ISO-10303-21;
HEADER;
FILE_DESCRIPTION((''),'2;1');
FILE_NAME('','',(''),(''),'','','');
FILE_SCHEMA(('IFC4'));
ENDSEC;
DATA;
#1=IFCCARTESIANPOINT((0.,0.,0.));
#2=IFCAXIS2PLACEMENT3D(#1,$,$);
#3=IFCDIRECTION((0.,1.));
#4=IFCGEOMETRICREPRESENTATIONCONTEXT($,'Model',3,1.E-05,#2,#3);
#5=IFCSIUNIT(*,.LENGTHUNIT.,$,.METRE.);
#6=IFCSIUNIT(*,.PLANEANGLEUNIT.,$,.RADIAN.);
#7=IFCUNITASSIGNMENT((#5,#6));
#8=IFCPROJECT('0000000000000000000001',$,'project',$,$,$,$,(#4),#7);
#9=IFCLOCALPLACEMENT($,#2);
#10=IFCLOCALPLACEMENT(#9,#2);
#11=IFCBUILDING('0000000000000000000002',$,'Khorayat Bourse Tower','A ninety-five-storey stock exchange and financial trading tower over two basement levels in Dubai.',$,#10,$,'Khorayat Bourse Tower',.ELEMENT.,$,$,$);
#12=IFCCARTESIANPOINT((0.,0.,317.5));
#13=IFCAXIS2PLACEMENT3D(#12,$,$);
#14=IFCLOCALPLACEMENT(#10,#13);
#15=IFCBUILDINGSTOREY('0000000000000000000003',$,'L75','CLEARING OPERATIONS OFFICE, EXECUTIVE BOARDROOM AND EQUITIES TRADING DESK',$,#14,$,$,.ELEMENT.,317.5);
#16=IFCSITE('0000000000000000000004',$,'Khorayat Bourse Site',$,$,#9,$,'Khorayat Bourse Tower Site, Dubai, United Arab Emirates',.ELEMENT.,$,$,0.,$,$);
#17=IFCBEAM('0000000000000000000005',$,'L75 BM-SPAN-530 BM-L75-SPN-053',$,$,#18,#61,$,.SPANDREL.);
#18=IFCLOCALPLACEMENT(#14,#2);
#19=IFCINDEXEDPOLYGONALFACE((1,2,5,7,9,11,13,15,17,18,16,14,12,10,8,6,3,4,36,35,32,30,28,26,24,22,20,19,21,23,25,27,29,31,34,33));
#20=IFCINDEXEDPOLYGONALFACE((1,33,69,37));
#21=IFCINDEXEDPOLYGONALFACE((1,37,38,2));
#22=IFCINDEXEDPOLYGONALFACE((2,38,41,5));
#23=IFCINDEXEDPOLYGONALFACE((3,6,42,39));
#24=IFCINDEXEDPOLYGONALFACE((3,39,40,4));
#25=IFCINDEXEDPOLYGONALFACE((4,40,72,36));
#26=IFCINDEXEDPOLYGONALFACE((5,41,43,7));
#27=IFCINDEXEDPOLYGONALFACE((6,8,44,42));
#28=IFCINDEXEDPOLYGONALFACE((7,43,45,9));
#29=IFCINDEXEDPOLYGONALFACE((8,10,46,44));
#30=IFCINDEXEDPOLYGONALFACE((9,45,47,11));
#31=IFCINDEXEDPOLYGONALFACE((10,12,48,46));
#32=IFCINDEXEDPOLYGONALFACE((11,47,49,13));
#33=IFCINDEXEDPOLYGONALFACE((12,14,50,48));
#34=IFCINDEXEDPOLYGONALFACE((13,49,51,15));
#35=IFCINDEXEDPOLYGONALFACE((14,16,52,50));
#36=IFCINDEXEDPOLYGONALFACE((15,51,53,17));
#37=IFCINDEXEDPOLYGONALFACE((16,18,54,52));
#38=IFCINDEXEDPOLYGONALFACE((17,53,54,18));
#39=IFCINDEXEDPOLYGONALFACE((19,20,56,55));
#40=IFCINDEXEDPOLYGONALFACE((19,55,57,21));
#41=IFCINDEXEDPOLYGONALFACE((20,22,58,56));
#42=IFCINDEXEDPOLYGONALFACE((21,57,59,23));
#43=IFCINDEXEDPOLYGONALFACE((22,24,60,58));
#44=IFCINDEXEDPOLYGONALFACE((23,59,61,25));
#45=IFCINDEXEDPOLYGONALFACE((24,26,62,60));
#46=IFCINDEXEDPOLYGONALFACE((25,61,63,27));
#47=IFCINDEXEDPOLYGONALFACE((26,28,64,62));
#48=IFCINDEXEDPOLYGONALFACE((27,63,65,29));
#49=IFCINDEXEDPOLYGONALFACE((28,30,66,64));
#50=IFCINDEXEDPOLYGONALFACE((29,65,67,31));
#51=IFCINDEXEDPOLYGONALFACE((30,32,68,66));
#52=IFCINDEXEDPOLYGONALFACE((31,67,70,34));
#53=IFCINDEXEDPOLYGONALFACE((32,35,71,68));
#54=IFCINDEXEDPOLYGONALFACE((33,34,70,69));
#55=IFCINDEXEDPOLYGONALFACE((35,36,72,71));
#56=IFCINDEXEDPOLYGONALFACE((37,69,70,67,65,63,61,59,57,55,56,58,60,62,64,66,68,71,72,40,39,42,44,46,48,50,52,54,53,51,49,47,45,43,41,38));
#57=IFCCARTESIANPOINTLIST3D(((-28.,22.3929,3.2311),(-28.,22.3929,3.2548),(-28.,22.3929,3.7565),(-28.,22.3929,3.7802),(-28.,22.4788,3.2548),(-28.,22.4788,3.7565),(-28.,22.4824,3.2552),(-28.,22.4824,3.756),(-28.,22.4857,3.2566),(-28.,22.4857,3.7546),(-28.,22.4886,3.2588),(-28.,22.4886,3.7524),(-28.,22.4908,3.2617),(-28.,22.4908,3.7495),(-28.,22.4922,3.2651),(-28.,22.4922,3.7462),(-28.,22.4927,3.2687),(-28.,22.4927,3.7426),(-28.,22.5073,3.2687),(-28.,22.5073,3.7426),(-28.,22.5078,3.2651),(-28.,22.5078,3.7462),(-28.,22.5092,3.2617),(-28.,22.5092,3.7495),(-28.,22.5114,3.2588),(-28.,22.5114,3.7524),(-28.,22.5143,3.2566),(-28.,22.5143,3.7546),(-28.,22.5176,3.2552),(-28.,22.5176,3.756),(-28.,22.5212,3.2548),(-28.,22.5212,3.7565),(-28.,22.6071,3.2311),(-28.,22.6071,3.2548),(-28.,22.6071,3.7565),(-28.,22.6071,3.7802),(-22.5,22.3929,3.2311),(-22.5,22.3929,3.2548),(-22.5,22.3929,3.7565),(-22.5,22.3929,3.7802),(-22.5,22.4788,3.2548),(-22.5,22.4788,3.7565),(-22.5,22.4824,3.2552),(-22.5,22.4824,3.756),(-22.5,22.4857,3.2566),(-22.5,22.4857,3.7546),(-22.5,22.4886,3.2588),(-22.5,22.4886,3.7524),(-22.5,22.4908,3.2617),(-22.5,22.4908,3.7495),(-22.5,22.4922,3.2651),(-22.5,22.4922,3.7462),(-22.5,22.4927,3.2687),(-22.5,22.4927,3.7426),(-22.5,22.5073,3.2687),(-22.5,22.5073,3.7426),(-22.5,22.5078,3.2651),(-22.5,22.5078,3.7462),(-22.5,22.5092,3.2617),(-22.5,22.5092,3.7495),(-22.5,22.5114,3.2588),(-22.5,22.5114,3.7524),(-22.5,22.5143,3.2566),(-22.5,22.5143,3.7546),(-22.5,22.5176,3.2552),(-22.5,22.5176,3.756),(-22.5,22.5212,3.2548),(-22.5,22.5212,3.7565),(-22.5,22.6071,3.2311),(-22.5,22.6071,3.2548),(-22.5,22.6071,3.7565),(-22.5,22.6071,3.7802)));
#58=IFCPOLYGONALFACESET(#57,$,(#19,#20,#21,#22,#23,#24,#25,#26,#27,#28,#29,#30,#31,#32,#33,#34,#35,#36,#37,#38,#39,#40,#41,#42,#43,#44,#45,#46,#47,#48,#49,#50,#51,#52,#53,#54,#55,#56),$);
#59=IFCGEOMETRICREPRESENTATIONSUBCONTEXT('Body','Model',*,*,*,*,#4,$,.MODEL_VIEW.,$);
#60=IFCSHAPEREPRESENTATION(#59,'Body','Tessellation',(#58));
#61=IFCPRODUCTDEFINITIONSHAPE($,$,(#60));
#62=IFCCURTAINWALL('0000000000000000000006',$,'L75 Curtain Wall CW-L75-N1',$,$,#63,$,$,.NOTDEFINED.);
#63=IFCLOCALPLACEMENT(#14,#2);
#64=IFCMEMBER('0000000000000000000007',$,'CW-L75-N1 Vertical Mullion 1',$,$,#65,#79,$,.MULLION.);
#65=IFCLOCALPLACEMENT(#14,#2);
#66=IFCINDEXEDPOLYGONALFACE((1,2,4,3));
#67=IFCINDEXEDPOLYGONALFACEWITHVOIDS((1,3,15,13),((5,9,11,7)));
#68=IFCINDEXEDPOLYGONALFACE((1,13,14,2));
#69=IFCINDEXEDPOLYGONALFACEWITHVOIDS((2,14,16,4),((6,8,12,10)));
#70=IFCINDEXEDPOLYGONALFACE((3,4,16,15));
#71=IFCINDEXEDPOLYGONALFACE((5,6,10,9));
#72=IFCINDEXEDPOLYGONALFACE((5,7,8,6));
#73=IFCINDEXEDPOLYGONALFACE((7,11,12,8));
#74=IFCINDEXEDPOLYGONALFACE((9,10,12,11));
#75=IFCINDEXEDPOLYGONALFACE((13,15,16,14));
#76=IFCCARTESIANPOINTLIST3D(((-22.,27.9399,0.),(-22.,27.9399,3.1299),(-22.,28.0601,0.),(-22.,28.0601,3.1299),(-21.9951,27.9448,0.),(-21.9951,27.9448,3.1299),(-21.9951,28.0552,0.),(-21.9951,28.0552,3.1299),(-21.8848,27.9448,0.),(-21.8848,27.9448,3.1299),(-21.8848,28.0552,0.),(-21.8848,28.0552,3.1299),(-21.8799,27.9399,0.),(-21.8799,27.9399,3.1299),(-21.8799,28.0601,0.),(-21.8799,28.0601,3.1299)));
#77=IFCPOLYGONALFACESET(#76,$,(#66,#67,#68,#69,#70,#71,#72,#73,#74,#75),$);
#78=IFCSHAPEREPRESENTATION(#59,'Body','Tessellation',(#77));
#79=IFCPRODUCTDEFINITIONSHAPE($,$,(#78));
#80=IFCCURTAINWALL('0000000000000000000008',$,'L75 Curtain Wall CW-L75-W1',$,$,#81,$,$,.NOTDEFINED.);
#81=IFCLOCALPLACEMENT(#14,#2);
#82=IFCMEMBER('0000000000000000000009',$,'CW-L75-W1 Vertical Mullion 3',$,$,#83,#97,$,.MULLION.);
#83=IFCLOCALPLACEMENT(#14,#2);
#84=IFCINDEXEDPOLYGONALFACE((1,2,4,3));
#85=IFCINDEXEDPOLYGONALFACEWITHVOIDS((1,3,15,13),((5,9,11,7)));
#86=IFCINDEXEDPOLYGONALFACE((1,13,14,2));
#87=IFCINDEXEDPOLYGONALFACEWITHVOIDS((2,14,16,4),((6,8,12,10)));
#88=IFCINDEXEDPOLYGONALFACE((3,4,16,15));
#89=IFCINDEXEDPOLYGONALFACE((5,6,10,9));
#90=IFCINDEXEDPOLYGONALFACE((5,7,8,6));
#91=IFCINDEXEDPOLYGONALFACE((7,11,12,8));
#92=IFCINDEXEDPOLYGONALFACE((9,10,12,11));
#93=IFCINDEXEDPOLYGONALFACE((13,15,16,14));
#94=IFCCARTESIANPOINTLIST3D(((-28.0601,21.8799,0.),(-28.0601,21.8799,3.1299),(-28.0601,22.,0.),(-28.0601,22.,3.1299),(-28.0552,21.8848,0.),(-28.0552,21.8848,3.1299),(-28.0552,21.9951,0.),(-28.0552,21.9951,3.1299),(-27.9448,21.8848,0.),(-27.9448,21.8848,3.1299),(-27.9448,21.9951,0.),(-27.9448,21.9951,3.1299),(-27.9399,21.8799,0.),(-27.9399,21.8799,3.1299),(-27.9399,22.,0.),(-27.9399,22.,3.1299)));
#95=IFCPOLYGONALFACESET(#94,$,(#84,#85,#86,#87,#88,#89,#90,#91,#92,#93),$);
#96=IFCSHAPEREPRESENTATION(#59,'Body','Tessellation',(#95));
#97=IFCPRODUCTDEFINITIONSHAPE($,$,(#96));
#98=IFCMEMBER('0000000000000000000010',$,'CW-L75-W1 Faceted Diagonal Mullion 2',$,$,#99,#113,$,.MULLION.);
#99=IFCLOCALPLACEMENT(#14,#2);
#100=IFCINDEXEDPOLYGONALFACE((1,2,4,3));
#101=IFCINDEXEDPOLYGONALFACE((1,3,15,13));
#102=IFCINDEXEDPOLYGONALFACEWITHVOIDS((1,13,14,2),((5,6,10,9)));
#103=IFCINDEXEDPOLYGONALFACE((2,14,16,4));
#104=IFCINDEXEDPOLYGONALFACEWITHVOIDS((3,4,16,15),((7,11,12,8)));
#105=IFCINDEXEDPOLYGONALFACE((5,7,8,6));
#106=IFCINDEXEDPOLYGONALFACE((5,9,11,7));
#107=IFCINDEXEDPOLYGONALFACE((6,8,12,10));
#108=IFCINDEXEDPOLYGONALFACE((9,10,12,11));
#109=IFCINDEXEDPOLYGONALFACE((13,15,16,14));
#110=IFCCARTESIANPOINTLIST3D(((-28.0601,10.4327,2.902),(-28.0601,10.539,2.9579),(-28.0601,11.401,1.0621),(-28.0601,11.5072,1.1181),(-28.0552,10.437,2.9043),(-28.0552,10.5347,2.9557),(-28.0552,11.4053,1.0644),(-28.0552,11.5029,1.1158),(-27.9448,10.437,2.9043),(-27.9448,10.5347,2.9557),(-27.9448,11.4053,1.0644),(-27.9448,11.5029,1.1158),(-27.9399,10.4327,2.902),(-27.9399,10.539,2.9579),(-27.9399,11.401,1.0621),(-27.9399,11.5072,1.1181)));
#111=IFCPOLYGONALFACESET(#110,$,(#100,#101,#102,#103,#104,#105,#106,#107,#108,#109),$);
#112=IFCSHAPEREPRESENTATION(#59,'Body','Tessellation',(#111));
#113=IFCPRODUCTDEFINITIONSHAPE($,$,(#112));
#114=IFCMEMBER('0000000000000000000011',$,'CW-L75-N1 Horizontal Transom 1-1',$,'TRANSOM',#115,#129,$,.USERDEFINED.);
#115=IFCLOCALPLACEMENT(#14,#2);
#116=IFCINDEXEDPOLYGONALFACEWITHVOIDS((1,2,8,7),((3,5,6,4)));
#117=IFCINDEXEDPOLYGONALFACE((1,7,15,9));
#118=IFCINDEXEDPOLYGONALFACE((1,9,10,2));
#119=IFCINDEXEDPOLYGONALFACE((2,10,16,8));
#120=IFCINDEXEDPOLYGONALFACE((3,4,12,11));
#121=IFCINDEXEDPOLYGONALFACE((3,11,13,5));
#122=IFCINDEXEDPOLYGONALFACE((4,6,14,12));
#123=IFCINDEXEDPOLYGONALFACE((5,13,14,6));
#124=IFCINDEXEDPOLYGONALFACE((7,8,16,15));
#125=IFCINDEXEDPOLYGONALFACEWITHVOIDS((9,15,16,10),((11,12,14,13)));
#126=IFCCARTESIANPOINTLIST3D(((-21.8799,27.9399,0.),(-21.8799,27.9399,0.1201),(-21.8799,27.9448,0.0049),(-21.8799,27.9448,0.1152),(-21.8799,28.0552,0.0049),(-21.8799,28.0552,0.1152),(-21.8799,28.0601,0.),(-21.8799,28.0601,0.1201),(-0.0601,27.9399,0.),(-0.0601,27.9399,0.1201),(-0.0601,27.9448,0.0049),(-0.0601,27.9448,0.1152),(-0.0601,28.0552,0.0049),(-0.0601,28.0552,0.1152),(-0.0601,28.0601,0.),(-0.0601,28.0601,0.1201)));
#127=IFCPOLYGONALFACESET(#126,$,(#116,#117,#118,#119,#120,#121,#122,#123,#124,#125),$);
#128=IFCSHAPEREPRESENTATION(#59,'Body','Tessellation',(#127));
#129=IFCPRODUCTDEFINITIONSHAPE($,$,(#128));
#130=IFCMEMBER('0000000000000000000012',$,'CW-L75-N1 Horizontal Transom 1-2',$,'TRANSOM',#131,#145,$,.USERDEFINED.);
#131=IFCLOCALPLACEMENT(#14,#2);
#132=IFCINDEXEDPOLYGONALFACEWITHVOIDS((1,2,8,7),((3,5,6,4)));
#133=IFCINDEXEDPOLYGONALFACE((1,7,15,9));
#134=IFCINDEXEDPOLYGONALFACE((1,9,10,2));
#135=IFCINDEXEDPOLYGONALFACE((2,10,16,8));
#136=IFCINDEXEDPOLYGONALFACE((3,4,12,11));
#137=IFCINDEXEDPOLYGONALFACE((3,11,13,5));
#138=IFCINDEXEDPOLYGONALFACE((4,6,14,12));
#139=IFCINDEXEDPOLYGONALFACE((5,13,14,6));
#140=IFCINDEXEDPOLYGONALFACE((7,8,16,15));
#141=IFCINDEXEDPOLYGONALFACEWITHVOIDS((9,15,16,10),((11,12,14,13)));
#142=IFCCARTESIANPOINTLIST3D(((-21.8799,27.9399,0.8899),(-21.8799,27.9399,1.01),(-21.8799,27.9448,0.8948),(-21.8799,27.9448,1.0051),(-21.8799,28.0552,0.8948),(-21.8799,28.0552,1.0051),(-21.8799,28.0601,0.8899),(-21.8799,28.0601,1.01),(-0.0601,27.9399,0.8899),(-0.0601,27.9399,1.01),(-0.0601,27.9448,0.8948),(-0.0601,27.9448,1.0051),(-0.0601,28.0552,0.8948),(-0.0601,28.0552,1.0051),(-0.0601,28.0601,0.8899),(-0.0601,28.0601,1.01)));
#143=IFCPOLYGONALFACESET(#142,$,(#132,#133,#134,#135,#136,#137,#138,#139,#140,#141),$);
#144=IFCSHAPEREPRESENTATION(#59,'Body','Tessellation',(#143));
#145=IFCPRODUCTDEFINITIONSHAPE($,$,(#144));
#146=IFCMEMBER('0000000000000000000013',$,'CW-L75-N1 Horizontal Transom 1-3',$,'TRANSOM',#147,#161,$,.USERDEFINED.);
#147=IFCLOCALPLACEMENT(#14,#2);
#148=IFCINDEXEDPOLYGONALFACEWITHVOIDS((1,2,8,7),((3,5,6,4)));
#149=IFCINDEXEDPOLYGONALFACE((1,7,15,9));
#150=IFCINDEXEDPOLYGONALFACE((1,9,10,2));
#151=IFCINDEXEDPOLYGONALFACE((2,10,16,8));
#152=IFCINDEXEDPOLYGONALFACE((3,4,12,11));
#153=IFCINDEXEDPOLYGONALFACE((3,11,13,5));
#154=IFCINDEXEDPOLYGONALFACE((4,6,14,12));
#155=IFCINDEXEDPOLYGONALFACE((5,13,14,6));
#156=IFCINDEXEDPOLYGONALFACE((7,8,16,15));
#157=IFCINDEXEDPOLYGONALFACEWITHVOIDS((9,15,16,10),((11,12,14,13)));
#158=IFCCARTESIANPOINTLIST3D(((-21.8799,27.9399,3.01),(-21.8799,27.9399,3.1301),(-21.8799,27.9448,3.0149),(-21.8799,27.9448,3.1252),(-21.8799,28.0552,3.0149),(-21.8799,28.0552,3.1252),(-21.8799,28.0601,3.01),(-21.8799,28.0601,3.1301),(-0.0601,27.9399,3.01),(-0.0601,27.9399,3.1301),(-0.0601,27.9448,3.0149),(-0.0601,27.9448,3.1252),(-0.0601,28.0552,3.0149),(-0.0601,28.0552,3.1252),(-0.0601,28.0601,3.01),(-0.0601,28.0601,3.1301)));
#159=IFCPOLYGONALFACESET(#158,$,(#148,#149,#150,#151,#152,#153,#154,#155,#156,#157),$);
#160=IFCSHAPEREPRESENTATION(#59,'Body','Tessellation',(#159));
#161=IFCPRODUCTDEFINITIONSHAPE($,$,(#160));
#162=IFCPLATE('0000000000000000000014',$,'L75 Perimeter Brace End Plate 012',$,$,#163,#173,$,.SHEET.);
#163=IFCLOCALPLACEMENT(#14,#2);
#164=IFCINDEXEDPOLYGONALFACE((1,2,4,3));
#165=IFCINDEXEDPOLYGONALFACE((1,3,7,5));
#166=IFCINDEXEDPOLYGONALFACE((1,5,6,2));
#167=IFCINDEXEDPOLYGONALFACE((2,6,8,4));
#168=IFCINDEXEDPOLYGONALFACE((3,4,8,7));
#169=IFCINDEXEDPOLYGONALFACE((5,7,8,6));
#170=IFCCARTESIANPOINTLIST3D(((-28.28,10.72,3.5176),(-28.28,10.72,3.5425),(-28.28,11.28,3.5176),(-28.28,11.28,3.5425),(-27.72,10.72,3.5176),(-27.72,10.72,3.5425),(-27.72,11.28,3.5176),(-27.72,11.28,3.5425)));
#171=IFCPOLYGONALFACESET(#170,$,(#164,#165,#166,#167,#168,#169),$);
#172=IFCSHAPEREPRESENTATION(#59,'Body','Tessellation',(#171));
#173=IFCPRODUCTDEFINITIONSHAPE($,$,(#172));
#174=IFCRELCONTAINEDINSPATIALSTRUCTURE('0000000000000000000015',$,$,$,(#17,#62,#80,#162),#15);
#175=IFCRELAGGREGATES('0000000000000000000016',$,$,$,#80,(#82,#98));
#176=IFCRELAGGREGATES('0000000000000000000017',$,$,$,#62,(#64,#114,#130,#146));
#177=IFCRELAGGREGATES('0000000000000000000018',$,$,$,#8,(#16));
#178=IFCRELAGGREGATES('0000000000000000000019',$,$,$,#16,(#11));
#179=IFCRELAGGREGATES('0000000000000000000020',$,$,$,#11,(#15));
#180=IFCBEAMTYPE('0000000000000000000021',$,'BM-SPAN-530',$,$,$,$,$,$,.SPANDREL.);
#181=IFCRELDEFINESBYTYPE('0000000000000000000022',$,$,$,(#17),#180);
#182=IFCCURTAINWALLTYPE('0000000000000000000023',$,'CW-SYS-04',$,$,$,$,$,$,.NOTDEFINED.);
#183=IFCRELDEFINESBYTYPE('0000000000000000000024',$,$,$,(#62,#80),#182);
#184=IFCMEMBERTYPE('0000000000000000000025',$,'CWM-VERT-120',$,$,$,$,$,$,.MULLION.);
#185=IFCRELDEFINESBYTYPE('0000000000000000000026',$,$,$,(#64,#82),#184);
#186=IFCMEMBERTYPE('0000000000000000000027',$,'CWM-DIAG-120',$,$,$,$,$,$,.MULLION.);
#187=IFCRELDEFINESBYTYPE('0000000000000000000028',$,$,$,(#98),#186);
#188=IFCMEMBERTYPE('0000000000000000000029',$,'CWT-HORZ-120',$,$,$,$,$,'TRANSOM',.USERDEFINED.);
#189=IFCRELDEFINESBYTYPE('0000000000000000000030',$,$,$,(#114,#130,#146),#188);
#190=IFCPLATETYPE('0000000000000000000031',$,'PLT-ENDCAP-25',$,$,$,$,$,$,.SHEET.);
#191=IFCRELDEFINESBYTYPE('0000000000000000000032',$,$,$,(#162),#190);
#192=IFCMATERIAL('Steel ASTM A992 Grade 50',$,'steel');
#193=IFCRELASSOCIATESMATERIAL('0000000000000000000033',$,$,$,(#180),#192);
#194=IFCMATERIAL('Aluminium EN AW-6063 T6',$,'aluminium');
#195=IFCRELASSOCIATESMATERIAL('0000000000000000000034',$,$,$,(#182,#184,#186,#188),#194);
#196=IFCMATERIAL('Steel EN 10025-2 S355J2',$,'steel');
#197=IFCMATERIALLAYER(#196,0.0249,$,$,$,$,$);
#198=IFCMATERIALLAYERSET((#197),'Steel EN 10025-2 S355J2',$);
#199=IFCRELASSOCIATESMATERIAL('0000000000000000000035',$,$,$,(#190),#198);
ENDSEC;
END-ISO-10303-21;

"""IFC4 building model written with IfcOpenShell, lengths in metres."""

from ifc_helpers import new_model, si_unit, direction, frame, origin, origin_2d, place, context, subcontext, project, spatial, rectangle, hollow_rectangle, i_section, extrude, source, transform, mapped, material, layer, layer_set, material_profile, profile_set, type_object, element, aggregate, save


model = new_model("IFC4")

# Units and contexts
model_context = context("Model", 3, precision=1e-05, world=origin(), true_north=direction((0.0, 1.0)))
body_context = subcontext(model_context, "Body", "Model", "MODEL_VIEW")
ifc_project = project(units=[si_unit("LENGTHUNIT", "METRE"), si_unit("PLANEANGLEUNIT", "RADIAN")], contexts=[model_context])

# Site, building, storey
site_placement = place(None, origin())
site = spatial("IfcSite", under=ifc_project, at=site_placement, Name="Khorayat Bourse Site", LongName="Khorayat Bourse Tower Site, Dubai, United Arab Emirates", CompositionType="ELEMENT", RefElevation=0.0)
building_placement = place(site_placement, origin())
building = spatial("IfcBuilding", under=site, at=building_placement, Name="Khorayat Bourse Tower", Description="A ninety-five-storey stock exchange and financial trading tower over two basement levels in Dubai.", LongName="Khorayat Bourse Tower", CompositionType="ELEMENT")
storey_placement = place(building_placement, frame((0.0, 0.0, 317.5)))
storey = spatial("IfcBuildingStorey", under=building, at=storey_placement, Name="L75", Description="CLEARING OPERATIONS OFFICE, EXECUTIVE BOARDROOM AND EQUITIES TRADING DESK", CompositionType="ELEMENT", Elevation=317.5)

# Beam
ifc_material_1 = material(Name="Steel ASTM A992 Grade 50", Category="steel")
ifc_material_profile_1 = material_profile(ifc_material_1, i_section(OverallWidth=0.2141, OverallDepth=0.5491, WebThickness=0.0146, FlangeThickness=0.0237, FilletRadius=0.0139, at=origin_2d()), Name="W530X138")
ifc_profile_set_1 = profile_set([ifc_material_profile_1], Name="Steel ASTM A992 Grade 50")
beam_type_1 = type_object("IfcBeamType", Name="BM-SPAN-530", PredefinedType="SPANDREL", material=ifc_profile_set_1)
shared_shape_1 = source(origin(), body_context, "Body", "SweptSolid", [
    extrude(i_section(OverallWidth=0.2141, OverallDepth=0.5491, WebThickness=0.0146, FlangeThickness=0.0237, FilletRadius=0.0139, at=origin_2d()), origin(), (0.0, 0.0, 1.0), 5.5),
])
for number, where, z_axis, x_axis, name in (
    (1, (-28.0, 22.5, 3.5056), (1.0, 0.0, 0.0), (0.0, 1.0, 0.0), "L75 BM-SPAN-530 BM-L75-SPN-053"),
):
    element("IfcBeam", number, at=place(storey_placement, frame(where, z_axis=z_axis, x_axis=x_axis)), inside=storey, type_object=beam_type_1, Name=name, PredefinedType="SPANDREL", context=body_context, shape_type="MappedRepresentation", body=[
        mapped(shared_shape_1, transform((0.0, 0.0, 0.0), scale=1.0)),
    ])

# Curtain wall, member
ifc_material_2 = material(Name="Aluminium EN AW-6063 T6", Category="aluminium")
curtain_wall_type = type_object("IfcCurtainWallType", Name="CW-SYS-04", PredefinedType="NOTDEFINED", material=ifc_material_2)
curtain_wall_1_placement = place(storey_placement, origin())
curtain_wall_1 = element("IfcCurtainWall", 2, at=curtain_wall_1_placement, inside=storey, type_object=curtain_wall_type, Name="L75 Curtain Wall CW-L75-N1", PredefinedType="NOTDEFINED")
ifc_material_profile_2 = material_profile(ifc_material_2, hollow_rectangle(XDim=0.1201, YDim=0.1201, WallThickness=0.0049, at=origin_2d()), Name="ALU 120x120x5")
ifc_profile_set_2 = profile_set([ifc_material_profile_2], Name="Aluminium EN AW-6063 T6")
member_type_1 = type_object("IfcMemberType", Name="CWM-VERT-120", PredefinedType="MULLION", material=ifc_profile_set_2)
shared_shape_2 = source(origin(), body_context, "Body", "SweptSolid", [
    extrude(hollow_rectangle(XDim=0.1201, YDim=0.1201, WallThickness=0.0049, at=origin_2d()), origin(), (0.0, 0.0, 1.0), 3.1299),
])
member_1_placement = place(storey_placement, frame((-21.9399, 28.0, 0.0), z_axis=(0.0, 0.0, 1.0), x_axis=(0.0, 1.0, 0.0)))
member_1 = element("IfcMember", 3, at=member_1_placement, type_object=member_type_1, Name="CW-L75-N1 Vertical Mullion 1", PredefinedType="MULLION", context=body_context, shape_type="MappedRepresentation", body=[
    mapped(shared_shape_2, transform((0.0, 0.0, 0.0), scale=1.0)),
])

# Curtain wall, members
curtain_wall_2_placement = place(storey_placement, origin())
curtain_wall_2 = element("IfcCurtainWall", 4, at=curtain_wall_2_placement, inside=storey, type_object=curtain_wall_type, Name="L75 Curtain Wall CW-L75-W1", PredefinedType="NOTDEFINED")
member_2_placement = place(storey_placement, frame((-28.0, 21.9399, 0.0), z_axis=(0.0, 0.0, 1.0), x_axis=(-1.0, 0.0, 0.0)))
member_2 = element("IfcMember", 5, at=member_2_placement, type_object=member_type_1, Name="CW-L75-W1 Vertical Mullion 3", PredefinedType="MULLION", context=body_context, shape_type="MappedRepresentation", body=[
    mapped(shared_shape_2, transform((0.0, 0.0, 0.0), scale=1.0)),
])
ifc_material_profile_3 = material_profile(ifc_material_2, hollow_rectangle(XDim=0.1201, YDim=0.1201, WallThickness=0.0049, at=origin_2d()), Name="ALU 120x120x5")
ifc_profile_set_3 = profile_set([ifc_material_profile_3], Name="Aluminium EN AW-6063 T6")
member_type_2 = type_object("IfcMemberType", Name="CWM-DIAG-120", PredefinedType="MULLION", material=ifc_profile_set_3)
shared_shape_3 = source(origin(), body_context, "Body", "SweptSolid", [
    extrude(hollow_rectangle(XDim=0.1201, YDim=0.1201, WallThickness=0.0049, at=origin_2d()), origin(), (0.0, 0.0, 1.0), 2.0791),
])
member_3_placement = place(storey_placement, frame((-28.0, 11.4541, 1.0901), z_axis=(0.0, -0.465717, 0.884934), x_axis=(1.0, 0.0, 0.0)))
member_3 = element("IfcMember", 6, at=member_3_placement, type_object=member_type_2, Name="CW-L75-W1 Faceted Diagonal Mullion 2", PredefinedType="MULLION", context=body_context, shape_type="MappedRepresentation", body=[
    mapped(shared_shape_3, transform((0.0, 0.0, 0.0), scale=1.0)),
])
aggregate(curtain_wall_2, [member_2, member_3])

# Members
ifc_material_profile_4 = material_profile(ifc_material_2, hollow_rectangle(XDim=0.1201, YDim=0.1201, WallThickness=0.0049, at=origin_2d()), Name="ALU 120x120x5")
ifc_profile_set_4 = profile_set([ifc_material_profile_4], Name="Aluminium EN AW-6063 T6")
member_type_3 = type_object("IfcMemberType", Name="CWT-HORZ-120", ElementType="TRANSOM", PredefinedType="USERDEFINED", material=ifc_profile_set_4)
shared_shape_4 = source(origin(), body_context, "Body", "SweptSolid", [
    extrude(hollow_rectangle(XDim=0.1201, YDim=0.1201, WallThickness=0.0049, at=origin_2d()), origin(), (0.0, 0.0, 1.0), 21.8198),
])
member_4_placement = place(storey_placement, frame((-21.8799, 28.0, 0.0601), z_axis=(1.0, 0.0, 0.0), x_axis=(0.0, 1.0, 0.0)))
member_4 = element("IfcMember", 7, at=member_4_placement, type_object=member_type_3, Name="CW-L75-N1 Horizontal Transom 1-1", ObjectType="TRANSOM", PredefinedType="USERDEFINED", context=body_context, shape_type="MappedRepresentation", body=[
    mapped(shared_shape_4, transform((0.0, 0.0, 0.0), scale=1.0)),
])
member_5_placement = place(storey_placement, frame((-21.8799, 28.0, 0.95), z_axis=(1.0, 0.0, 0.0), x_axis=(0.0, 1.0, 0.0)))
member_5 = element("IfcMember", 8, at=member_5_placement, type_object=member_type_3, Name="CW-L75-N1 Horizontal Transom 1-2", ObjectType="TRANSOM", PredefinedType="USERDEFINED", context=body_context, shape_type="MappedRepresentation", body=[
    mapped(shared_shape_4, transform((0.0, 0.0, 0.0), scale=1.0)),
])
member_6_placement = place(storey_placement, frame((-21.8799, 28.0, 3.0701), z_axis=(1.0, 0.0, 0.0), x_axis=(0.0, 1.0, 0.0)))
member_6 = element("IfcMember", 9, at=member_6_placement, type_object=member_type_3, Name="CW-L75-N1 Horizontal Transom 1-3", ObjectType="TRANSOM", PredefinedType="USERDEFINED", context=body_context, shape_type="MappedRepresentation", body=[
    mapped(shared_shape_4, transform((0.0, 0.0, 0.0), scale=1.0)),
])
aggregate(curtain_wall_1, [member_1, member_4, member_5, member_6])

# Plate
ifc_material_3 = material(Name="Steel EN 10025-2 S355J2", Category="steel")
ifc_layer_1 = layer(ifc_material_3, 0.0249)
ifc_layer_set_1 = layer_set([ifc_layer_1], Name="Steel EN 10025-2 S355J2")
plate_type = type_object("IfcPlateType", Name="PLT-ENDCAP-25", PredefinedType="SHEET", material=ifc_layer_set_1)
shared_shape_5 = source(origin(), body_context, "Body", "SweptSolid", [
    extrude(rectangle(XDim=0.5601, YDim=0.5601, at=origin_2d()), origin(), (0.0, 0.0, 1.0), 0.0249),
])
plate_placement = place(storey_placement, frame((-28.0, 11.0, 3.5176), z_axis=(0.0, 0.0, 1.0), x_axis=(1.0, 0.0, 0.0)))
element("IfcPlate", 10, at=plate_placement, inside=storey, type_object=plate_type, Name="L75 Perimeter Brace End Plate 012", PredefinedType="SHEET", context=body_context, shape_type="MappedRepresentation", body=[
    mapped(shared_shape_5, transform((0.0, 0.0, 0.0), scale=1.0)),
])

save(model, "model.ifc")
